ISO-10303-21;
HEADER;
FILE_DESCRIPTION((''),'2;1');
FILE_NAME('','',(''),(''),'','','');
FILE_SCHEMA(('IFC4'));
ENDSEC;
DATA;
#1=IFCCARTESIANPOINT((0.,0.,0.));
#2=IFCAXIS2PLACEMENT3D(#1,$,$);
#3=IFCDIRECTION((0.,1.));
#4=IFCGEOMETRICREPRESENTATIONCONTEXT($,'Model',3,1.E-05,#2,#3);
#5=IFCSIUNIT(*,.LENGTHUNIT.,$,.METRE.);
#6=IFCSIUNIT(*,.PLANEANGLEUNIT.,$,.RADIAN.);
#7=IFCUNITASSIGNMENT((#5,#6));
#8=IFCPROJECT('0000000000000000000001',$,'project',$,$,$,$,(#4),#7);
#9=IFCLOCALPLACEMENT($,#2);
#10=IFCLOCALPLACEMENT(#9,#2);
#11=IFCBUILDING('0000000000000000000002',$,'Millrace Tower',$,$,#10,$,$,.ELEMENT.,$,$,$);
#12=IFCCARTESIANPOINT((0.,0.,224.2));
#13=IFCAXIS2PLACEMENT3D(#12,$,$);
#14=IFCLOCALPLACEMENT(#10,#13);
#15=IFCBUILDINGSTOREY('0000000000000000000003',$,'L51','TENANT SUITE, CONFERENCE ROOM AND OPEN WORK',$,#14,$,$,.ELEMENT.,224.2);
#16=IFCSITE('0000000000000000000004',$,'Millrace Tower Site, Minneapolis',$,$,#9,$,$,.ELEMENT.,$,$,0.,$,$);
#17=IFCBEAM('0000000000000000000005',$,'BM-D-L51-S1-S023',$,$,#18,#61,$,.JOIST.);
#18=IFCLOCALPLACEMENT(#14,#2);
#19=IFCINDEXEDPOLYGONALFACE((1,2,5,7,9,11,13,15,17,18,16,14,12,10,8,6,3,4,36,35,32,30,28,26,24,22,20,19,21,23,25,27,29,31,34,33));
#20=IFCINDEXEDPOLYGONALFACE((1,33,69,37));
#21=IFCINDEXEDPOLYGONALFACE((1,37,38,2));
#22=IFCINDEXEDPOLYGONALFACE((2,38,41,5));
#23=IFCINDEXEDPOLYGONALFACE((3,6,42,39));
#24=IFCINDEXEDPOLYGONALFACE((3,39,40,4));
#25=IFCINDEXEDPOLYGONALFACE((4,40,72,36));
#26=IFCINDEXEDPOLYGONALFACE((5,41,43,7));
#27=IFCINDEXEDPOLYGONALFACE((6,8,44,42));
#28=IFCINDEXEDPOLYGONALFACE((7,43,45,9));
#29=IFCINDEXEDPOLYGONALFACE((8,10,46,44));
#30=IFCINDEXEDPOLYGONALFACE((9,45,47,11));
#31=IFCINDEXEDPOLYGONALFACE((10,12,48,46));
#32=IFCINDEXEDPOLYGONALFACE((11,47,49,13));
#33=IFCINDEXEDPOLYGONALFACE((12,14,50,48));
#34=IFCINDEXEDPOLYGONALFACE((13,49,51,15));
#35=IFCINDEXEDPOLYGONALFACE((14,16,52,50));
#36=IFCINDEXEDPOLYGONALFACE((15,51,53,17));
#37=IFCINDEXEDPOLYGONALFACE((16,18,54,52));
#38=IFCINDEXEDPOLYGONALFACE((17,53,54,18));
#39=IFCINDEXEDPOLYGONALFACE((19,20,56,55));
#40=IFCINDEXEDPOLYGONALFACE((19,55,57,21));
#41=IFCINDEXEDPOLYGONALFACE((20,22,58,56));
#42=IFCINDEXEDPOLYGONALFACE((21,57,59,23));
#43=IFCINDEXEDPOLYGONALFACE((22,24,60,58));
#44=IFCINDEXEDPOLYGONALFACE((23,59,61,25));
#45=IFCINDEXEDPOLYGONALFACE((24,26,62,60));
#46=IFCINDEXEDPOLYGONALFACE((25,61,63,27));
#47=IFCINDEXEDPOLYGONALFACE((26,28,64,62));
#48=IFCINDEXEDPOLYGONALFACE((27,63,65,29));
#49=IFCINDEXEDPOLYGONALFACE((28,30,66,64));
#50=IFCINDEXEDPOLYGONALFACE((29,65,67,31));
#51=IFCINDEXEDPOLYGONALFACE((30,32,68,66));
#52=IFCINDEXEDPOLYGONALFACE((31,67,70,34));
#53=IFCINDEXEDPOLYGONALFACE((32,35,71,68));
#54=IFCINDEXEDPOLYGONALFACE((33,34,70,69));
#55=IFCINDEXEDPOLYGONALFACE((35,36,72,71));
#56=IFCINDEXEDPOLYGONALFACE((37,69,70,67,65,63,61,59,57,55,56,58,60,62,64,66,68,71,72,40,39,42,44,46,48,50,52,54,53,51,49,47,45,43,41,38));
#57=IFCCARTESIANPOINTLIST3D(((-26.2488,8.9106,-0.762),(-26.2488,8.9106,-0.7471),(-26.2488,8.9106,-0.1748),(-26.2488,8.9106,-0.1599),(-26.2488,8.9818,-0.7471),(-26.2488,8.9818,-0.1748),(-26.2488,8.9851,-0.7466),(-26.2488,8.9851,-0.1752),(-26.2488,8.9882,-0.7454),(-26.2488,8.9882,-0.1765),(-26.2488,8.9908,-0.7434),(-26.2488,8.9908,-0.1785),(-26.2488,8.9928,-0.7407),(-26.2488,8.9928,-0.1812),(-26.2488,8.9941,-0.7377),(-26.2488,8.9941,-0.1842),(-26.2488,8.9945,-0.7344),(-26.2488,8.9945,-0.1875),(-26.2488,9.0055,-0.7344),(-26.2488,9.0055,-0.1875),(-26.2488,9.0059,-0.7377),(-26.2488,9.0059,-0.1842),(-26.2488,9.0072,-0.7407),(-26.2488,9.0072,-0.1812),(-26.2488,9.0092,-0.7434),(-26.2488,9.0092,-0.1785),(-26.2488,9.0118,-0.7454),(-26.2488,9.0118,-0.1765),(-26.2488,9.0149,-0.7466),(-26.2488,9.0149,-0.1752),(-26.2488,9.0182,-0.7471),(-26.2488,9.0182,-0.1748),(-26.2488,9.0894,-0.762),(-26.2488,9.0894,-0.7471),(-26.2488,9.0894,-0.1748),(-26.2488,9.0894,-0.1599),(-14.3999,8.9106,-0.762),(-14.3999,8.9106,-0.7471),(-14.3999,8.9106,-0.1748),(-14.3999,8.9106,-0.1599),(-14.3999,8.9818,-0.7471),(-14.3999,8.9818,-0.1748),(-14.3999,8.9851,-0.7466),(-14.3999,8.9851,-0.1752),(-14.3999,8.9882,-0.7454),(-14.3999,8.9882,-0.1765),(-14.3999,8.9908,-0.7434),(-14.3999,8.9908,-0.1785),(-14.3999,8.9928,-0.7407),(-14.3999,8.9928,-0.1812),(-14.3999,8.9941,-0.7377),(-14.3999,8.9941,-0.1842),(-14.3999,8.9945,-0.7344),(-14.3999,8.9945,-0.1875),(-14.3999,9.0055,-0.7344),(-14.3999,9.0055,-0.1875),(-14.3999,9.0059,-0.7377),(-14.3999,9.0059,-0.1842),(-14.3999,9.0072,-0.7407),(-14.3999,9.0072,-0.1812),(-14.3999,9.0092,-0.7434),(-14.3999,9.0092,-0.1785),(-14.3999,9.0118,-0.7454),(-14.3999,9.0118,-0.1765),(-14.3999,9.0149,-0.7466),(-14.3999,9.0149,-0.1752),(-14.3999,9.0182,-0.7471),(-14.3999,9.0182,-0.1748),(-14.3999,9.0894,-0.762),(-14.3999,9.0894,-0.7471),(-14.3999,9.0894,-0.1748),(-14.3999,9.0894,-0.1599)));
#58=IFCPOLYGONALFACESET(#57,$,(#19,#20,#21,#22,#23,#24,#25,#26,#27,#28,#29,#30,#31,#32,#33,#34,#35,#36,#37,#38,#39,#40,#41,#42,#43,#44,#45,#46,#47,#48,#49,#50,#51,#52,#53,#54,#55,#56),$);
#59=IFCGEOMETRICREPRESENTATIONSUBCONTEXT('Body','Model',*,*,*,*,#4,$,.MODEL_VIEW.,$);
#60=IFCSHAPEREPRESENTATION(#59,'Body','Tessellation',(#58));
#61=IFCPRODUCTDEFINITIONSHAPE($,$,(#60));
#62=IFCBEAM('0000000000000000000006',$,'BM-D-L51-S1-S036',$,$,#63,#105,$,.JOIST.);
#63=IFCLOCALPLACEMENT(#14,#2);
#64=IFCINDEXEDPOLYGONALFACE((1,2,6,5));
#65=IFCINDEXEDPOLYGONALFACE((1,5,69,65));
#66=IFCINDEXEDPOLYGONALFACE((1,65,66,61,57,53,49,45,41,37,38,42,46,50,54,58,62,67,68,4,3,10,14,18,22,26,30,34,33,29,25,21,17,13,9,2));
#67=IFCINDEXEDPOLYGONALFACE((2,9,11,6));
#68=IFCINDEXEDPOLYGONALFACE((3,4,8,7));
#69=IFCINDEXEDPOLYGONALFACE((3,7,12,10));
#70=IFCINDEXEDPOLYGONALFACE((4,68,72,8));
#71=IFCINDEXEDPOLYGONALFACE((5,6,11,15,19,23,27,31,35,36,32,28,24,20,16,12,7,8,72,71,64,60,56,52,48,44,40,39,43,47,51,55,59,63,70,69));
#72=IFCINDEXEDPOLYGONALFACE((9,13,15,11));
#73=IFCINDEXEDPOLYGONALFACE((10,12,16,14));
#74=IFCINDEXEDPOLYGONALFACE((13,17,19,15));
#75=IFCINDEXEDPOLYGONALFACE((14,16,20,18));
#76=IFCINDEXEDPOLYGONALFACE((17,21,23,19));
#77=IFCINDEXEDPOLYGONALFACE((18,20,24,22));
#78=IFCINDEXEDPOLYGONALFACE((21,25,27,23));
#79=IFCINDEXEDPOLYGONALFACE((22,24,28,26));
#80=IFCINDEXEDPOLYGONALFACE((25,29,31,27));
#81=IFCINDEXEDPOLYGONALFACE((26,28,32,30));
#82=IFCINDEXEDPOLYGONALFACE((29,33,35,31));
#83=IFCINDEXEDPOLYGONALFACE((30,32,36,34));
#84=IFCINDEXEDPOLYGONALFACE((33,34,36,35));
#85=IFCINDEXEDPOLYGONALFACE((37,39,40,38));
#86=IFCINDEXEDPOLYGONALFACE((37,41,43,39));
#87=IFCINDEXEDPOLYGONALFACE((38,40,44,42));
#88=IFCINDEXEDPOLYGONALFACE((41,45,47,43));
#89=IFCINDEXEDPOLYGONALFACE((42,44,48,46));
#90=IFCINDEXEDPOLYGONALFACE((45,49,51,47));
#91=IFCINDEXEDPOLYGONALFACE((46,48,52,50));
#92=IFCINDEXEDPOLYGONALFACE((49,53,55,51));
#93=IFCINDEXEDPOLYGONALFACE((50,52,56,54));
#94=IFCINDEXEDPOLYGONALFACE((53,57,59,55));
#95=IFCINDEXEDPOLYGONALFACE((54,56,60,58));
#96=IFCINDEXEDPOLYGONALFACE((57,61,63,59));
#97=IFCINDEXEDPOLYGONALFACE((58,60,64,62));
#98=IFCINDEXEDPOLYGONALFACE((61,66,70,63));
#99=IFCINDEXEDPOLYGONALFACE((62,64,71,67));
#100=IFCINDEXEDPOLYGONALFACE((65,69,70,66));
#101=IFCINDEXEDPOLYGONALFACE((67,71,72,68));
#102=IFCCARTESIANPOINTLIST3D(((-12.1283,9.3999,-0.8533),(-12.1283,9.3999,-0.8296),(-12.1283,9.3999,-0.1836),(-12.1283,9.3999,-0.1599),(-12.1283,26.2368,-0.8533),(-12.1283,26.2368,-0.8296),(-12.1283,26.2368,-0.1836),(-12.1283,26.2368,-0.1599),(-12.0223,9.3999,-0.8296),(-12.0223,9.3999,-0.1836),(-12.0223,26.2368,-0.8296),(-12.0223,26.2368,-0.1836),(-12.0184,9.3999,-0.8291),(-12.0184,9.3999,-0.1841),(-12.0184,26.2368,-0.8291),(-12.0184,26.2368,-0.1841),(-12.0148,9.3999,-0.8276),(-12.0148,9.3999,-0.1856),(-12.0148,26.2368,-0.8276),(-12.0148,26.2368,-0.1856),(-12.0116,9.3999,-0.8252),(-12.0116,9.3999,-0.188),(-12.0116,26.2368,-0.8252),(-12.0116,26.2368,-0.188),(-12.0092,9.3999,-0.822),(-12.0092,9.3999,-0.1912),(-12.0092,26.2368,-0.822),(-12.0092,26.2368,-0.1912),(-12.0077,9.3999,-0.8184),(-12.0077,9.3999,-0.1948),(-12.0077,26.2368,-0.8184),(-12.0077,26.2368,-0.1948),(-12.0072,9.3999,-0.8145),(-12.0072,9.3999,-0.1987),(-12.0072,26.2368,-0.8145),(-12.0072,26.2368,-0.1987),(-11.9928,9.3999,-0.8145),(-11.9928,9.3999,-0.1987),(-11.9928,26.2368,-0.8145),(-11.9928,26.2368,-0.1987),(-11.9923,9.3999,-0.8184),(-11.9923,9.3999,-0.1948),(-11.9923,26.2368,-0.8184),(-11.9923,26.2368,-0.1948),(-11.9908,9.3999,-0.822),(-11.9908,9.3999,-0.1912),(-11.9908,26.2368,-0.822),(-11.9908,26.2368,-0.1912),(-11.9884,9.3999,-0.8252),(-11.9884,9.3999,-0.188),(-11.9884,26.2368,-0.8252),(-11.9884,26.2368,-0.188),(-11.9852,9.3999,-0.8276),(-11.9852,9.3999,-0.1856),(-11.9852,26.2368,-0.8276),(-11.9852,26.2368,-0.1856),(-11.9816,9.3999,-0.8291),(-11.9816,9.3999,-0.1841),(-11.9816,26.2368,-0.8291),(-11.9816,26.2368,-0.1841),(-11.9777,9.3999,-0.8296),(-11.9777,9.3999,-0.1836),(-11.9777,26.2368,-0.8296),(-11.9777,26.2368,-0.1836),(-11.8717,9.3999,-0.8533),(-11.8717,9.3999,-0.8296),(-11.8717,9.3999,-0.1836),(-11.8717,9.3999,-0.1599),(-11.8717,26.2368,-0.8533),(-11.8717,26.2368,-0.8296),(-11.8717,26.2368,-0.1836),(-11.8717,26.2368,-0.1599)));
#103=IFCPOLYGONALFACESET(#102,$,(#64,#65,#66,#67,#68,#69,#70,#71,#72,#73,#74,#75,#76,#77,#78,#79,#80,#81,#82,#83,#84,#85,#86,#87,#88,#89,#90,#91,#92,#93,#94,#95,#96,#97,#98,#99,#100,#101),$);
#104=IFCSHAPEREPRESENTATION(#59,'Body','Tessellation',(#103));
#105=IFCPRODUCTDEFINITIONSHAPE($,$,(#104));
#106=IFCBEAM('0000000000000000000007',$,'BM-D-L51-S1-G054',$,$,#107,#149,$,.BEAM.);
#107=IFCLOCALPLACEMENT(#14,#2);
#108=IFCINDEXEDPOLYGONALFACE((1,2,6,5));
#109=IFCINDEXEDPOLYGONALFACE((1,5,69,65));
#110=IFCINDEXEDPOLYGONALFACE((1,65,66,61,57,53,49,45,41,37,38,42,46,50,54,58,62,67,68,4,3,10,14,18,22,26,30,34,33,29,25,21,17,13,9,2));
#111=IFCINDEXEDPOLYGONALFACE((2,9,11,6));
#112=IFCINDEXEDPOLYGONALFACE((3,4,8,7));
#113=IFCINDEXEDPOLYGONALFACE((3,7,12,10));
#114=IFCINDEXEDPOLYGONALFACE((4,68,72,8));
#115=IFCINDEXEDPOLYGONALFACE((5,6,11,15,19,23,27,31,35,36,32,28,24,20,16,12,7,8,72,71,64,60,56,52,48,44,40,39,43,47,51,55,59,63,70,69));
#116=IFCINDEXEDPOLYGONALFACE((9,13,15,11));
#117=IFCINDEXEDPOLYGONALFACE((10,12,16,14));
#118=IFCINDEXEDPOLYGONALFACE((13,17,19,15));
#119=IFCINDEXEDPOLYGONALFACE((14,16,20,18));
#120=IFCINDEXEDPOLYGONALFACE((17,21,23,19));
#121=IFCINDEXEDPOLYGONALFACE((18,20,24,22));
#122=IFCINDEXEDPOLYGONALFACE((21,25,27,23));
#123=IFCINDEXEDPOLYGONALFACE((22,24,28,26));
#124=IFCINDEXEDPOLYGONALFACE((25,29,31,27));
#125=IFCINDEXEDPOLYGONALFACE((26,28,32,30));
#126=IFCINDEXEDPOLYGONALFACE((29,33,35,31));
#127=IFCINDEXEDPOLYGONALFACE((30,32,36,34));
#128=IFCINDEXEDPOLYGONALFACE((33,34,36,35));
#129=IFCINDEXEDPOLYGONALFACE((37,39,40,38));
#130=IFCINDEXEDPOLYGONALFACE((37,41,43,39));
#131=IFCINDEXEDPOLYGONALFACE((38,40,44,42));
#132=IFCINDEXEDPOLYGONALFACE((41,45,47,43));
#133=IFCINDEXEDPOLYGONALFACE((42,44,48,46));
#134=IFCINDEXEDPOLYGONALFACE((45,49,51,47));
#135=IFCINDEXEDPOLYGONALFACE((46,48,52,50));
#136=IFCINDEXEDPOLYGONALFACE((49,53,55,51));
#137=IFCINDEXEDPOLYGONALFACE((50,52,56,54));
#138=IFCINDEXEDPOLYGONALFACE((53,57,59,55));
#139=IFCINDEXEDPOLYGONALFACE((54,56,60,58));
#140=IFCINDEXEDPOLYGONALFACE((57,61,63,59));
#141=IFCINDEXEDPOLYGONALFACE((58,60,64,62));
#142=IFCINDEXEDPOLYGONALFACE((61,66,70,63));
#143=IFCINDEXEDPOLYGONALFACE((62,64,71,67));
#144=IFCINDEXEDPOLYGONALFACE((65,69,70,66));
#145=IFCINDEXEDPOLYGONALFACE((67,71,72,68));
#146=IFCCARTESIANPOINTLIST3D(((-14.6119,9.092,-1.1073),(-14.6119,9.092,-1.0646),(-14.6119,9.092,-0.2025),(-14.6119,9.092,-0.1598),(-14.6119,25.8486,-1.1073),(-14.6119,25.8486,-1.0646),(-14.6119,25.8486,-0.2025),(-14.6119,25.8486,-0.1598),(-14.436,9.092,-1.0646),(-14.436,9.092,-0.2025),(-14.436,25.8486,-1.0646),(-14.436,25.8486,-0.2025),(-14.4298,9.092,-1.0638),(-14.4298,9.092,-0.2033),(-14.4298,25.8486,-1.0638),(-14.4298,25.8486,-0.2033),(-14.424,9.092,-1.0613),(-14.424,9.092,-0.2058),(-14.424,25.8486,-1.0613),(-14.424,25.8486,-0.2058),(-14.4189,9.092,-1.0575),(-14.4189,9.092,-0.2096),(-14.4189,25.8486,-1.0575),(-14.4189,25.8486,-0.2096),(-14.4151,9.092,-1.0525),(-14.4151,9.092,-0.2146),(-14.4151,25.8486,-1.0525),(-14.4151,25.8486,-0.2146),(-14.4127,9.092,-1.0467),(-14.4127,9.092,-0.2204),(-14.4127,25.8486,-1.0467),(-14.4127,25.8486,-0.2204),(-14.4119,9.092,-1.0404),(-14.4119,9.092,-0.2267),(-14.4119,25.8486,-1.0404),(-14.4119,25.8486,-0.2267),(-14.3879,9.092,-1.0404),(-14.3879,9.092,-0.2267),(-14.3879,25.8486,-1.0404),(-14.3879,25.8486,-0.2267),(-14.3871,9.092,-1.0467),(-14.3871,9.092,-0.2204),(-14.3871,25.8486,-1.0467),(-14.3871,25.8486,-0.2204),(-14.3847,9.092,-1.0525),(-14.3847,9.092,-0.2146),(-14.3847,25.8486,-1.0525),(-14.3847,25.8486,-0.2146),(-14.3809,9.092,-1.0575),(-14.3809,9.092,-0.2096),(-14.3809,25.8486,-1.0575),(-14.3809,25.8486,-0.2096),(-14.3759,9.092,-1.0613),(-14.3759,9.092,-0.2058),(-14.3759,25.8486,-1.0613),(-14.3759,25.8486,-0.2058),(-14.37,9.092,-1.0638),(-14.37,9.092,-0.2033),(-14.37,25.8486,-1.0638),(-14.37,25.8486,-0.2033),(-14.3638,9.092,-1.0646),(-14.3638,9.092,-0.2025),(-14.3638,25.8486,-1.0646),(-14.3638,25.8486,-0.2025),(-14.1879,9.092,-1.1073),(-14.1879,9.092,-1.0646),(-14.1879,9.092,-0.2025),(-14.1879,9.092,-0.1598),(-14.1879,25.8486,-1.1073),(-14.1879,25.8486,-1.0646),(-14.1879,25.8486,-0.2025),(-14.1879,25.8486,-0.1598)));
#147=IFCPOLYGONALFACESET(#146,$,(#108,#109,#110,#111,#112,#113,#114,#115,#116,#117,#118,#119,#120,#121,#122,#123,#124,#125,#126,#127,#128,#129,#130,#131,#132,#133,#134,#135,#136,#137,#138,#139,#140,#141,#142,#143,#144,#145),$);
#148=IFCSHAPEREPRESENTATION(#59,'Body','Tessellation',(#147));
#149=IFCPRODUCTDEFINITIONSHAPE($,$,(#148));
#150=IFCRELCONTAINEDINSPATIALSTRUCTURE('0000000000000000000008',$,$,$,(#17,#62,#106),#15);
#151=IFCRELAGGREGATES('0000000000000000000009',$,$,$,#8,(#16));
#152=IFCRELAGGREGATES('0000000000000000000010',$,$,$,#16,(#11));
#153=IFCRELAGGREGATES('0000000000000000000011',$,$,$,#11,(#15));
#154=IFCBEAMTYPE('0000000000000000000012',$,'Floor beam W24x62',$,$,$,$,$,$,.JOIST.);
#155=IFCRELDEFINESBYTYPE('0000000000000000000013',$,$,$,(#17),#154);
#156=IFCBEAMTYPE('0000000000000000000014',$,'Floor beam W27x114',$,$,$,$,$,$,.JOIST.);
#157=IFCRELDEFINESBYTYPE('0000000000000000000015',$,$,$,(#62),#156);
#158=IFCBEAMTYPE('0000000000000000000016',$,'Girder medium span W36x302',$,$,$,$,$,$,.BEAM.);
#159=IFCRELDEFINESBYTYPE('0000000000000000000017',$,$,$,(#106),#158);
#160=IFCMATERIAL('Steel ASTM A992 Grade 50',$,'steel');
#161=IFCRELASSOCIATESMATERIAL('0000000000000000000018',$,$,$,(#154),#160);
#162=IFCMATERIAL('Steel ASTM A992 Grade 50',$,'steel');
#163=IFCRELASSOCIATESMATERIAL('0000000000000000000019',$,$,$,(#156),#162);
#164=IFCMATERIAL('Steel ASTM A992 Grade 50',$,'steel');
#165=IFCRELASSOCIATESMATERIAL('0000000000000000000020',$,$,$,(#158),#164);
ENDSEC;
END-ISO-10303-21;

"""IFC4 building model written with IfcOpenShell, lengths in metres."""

from ifc_helpers import new_model, si_unit, direction, frame, origin, origin_2d, place, context, subcontext, project, spatial, i_section, extrude, material, material_profile, profile_set, type_object, element, save


model = new_model("IFC4")

# Units and contexts
model_context = context("Model", 3, precision=1e-05, world=origin(), true_north=direction((0.0, 1.0)))
body_context = subcontext(model_context, "Body", "Model", "MODEL_VIEW")
ifc_project = project(units=[si_unit("LENGTHUNIT", "METRE"), si_unit("PLANEANGLEUNIT", "RADIAN")], contexts=[model_context])

# Site, building, storey
site_placement = place(None, origin())
site = spatial("IfcSite", under=ifc_project, at=site_placement, Name="Millrace Tower Site, Minneapolis", CompositionType="ELEMENT", RefElevation=0.0)
building_placement = place(site_placement, origin())
building = spatial("IfcBuilding", under=site, at=building_placement, Name="Millrace Tower", CompositionType="ELEMENT")
storey_placement = place(building_placement, frame((0.0, 0.0, 224.2)))
storey = spatial("IfcBuildingStorey", under=building, at=storey_placement, Name="L51", Description="TENANT SUITE, CONFERENCE ROOM AND OPEN WORK", CompositionType="ELEMENT", Elevation=224.2)

# Beams
ifc_material_1 = material(Name="Steel ASTM A992 Grade 50", Category="steel")
ifc_material_profile_1 = material_profile(ifc_material_1, i_section(OverallWidth=0.1787, OverallDepth=0.6021, WebThickness=0.011, FlangeThickness=0.0149, FilletRadius=0.0127, at=origin_2d()))
ifc_profile_set_1 = profile_set([ifc_material_profile_1], Name="Steel ASTM A992 Grade 50")
beam_type_1 = type_object("IfcBeamType", Name="Floor beam W24x62", PredefinedType="JOIST", material=ifc_profile_set_1)
beam_1_placement = place(storey_placement, frame((-26.2488, 9.0, -0.4609), z_axis=(1.0, 0.0, 0.0), x_axis=(0.0, 1.0, 0.0)))
element("IfcBeam", 1, at=beam_1_placement, inside=storey, type_object=beam_type_1, Name="BM-D-L51-S1-S023", PredefinedType="JOIST", context=body_context, shape_type="SweptSolid", body=[
    extrude(i_section(OverallWidth=0.1787, OverallDepth=0.6021, WebThickness=0.011, FlangeThickness=0.0149, FilletRadius=0.0127, at=origin_2d()), origin(), (0.0, 0.0, 1.0), 11.8489),
])
ifc_material_2 = material(Name="Steel ASTM A992 Grade 50", Category="steel")
ifc_material_profile_2 = material_profile(ifc_material_2, i_section(OverallWidth=0.2566, OverallDepth=0.6934, WebThickness=0.0144, FlangeThickness=0.0237, FilletRadius=0.0151, at=origin_2d()))
ifc_profile_set_2 = profile_set([ifc_material_profile_2], Name="Steel ASTM A992 Grade 50")
beam_type_2 = type_object("IfcBeamType", Name="Floor beam W27x114", PredefinedType="JOIST", material=ifc_profile_set_2)
beam_2_placement = place(storey_placement, frame((-12.0, 9.3999, -0.5066), z_axis=(0.0, 1.0, 0.0), x_axis=(-1.0, 0.0, 0.0)))
element("IfcBeam", 2, at=beam_2_placement, inside=storey, type_object=beam_type_2, Name="BM-D-L51-S1-S036", PredefinedType="JOIST", context=body_context, shape_type="SweptSolid", body=[
    extrude(i_section(OverallWidth=0.2566, OverallDepth=0.6934, WebThickness=0.0144, FlangeThickness=0.0237, FilletRadius=0.0151, at=origin_2d()), origin(), (0.0, 0.0, 1.0), 16.8369),
])
ifc_material_3 = material(Name="Steel ASTM A992 Grade 50", Category="steel")
ifc_material_profile_3 = material_profile(ifc_material_3, i_section(OverallWidth=0.4241, OverallDepth=0.9475, WebThickness=0.0239, FlangeThickness=0.0427, FilletRadius=0.0242, at=origin_2d()))
ifc_profile_set_3 = profile_set([ifc_material_profile_3], Name="Steel ASTM A992 Grade 50")
beam_type_3 = type_object("IfcBeamType", Name="Girder medium span W36x302", PredefinedType="BEAM", material=ifc_profile_set_3)
beam_3_placement = place(storey_placement, frame((-14.3999, 9.092, -0.6335), z_axis=(0.0, 1.0, 0.0), x_axis=(-1.0, 0.0, 0.0)))
element("IfcBeam", 3, at=beam_3_placement, inside=storey, type_object=beam_type_3, Name="BM-D-L51-S1-G054", PredefinedType="BEAM", context=body_context, shape_type="SweptSolid", body=[
    extrude(i_section(OverallWidth=0.4241, OverallDepth=0.9475, WebThickness=0.0239, FlangeThickness=0.0427, FilletRadius=0.0242, at=origin_2d()), origin(), (0.0, 0.0, 1.0), 16.7566),
])

save(model, "model.ifc")
